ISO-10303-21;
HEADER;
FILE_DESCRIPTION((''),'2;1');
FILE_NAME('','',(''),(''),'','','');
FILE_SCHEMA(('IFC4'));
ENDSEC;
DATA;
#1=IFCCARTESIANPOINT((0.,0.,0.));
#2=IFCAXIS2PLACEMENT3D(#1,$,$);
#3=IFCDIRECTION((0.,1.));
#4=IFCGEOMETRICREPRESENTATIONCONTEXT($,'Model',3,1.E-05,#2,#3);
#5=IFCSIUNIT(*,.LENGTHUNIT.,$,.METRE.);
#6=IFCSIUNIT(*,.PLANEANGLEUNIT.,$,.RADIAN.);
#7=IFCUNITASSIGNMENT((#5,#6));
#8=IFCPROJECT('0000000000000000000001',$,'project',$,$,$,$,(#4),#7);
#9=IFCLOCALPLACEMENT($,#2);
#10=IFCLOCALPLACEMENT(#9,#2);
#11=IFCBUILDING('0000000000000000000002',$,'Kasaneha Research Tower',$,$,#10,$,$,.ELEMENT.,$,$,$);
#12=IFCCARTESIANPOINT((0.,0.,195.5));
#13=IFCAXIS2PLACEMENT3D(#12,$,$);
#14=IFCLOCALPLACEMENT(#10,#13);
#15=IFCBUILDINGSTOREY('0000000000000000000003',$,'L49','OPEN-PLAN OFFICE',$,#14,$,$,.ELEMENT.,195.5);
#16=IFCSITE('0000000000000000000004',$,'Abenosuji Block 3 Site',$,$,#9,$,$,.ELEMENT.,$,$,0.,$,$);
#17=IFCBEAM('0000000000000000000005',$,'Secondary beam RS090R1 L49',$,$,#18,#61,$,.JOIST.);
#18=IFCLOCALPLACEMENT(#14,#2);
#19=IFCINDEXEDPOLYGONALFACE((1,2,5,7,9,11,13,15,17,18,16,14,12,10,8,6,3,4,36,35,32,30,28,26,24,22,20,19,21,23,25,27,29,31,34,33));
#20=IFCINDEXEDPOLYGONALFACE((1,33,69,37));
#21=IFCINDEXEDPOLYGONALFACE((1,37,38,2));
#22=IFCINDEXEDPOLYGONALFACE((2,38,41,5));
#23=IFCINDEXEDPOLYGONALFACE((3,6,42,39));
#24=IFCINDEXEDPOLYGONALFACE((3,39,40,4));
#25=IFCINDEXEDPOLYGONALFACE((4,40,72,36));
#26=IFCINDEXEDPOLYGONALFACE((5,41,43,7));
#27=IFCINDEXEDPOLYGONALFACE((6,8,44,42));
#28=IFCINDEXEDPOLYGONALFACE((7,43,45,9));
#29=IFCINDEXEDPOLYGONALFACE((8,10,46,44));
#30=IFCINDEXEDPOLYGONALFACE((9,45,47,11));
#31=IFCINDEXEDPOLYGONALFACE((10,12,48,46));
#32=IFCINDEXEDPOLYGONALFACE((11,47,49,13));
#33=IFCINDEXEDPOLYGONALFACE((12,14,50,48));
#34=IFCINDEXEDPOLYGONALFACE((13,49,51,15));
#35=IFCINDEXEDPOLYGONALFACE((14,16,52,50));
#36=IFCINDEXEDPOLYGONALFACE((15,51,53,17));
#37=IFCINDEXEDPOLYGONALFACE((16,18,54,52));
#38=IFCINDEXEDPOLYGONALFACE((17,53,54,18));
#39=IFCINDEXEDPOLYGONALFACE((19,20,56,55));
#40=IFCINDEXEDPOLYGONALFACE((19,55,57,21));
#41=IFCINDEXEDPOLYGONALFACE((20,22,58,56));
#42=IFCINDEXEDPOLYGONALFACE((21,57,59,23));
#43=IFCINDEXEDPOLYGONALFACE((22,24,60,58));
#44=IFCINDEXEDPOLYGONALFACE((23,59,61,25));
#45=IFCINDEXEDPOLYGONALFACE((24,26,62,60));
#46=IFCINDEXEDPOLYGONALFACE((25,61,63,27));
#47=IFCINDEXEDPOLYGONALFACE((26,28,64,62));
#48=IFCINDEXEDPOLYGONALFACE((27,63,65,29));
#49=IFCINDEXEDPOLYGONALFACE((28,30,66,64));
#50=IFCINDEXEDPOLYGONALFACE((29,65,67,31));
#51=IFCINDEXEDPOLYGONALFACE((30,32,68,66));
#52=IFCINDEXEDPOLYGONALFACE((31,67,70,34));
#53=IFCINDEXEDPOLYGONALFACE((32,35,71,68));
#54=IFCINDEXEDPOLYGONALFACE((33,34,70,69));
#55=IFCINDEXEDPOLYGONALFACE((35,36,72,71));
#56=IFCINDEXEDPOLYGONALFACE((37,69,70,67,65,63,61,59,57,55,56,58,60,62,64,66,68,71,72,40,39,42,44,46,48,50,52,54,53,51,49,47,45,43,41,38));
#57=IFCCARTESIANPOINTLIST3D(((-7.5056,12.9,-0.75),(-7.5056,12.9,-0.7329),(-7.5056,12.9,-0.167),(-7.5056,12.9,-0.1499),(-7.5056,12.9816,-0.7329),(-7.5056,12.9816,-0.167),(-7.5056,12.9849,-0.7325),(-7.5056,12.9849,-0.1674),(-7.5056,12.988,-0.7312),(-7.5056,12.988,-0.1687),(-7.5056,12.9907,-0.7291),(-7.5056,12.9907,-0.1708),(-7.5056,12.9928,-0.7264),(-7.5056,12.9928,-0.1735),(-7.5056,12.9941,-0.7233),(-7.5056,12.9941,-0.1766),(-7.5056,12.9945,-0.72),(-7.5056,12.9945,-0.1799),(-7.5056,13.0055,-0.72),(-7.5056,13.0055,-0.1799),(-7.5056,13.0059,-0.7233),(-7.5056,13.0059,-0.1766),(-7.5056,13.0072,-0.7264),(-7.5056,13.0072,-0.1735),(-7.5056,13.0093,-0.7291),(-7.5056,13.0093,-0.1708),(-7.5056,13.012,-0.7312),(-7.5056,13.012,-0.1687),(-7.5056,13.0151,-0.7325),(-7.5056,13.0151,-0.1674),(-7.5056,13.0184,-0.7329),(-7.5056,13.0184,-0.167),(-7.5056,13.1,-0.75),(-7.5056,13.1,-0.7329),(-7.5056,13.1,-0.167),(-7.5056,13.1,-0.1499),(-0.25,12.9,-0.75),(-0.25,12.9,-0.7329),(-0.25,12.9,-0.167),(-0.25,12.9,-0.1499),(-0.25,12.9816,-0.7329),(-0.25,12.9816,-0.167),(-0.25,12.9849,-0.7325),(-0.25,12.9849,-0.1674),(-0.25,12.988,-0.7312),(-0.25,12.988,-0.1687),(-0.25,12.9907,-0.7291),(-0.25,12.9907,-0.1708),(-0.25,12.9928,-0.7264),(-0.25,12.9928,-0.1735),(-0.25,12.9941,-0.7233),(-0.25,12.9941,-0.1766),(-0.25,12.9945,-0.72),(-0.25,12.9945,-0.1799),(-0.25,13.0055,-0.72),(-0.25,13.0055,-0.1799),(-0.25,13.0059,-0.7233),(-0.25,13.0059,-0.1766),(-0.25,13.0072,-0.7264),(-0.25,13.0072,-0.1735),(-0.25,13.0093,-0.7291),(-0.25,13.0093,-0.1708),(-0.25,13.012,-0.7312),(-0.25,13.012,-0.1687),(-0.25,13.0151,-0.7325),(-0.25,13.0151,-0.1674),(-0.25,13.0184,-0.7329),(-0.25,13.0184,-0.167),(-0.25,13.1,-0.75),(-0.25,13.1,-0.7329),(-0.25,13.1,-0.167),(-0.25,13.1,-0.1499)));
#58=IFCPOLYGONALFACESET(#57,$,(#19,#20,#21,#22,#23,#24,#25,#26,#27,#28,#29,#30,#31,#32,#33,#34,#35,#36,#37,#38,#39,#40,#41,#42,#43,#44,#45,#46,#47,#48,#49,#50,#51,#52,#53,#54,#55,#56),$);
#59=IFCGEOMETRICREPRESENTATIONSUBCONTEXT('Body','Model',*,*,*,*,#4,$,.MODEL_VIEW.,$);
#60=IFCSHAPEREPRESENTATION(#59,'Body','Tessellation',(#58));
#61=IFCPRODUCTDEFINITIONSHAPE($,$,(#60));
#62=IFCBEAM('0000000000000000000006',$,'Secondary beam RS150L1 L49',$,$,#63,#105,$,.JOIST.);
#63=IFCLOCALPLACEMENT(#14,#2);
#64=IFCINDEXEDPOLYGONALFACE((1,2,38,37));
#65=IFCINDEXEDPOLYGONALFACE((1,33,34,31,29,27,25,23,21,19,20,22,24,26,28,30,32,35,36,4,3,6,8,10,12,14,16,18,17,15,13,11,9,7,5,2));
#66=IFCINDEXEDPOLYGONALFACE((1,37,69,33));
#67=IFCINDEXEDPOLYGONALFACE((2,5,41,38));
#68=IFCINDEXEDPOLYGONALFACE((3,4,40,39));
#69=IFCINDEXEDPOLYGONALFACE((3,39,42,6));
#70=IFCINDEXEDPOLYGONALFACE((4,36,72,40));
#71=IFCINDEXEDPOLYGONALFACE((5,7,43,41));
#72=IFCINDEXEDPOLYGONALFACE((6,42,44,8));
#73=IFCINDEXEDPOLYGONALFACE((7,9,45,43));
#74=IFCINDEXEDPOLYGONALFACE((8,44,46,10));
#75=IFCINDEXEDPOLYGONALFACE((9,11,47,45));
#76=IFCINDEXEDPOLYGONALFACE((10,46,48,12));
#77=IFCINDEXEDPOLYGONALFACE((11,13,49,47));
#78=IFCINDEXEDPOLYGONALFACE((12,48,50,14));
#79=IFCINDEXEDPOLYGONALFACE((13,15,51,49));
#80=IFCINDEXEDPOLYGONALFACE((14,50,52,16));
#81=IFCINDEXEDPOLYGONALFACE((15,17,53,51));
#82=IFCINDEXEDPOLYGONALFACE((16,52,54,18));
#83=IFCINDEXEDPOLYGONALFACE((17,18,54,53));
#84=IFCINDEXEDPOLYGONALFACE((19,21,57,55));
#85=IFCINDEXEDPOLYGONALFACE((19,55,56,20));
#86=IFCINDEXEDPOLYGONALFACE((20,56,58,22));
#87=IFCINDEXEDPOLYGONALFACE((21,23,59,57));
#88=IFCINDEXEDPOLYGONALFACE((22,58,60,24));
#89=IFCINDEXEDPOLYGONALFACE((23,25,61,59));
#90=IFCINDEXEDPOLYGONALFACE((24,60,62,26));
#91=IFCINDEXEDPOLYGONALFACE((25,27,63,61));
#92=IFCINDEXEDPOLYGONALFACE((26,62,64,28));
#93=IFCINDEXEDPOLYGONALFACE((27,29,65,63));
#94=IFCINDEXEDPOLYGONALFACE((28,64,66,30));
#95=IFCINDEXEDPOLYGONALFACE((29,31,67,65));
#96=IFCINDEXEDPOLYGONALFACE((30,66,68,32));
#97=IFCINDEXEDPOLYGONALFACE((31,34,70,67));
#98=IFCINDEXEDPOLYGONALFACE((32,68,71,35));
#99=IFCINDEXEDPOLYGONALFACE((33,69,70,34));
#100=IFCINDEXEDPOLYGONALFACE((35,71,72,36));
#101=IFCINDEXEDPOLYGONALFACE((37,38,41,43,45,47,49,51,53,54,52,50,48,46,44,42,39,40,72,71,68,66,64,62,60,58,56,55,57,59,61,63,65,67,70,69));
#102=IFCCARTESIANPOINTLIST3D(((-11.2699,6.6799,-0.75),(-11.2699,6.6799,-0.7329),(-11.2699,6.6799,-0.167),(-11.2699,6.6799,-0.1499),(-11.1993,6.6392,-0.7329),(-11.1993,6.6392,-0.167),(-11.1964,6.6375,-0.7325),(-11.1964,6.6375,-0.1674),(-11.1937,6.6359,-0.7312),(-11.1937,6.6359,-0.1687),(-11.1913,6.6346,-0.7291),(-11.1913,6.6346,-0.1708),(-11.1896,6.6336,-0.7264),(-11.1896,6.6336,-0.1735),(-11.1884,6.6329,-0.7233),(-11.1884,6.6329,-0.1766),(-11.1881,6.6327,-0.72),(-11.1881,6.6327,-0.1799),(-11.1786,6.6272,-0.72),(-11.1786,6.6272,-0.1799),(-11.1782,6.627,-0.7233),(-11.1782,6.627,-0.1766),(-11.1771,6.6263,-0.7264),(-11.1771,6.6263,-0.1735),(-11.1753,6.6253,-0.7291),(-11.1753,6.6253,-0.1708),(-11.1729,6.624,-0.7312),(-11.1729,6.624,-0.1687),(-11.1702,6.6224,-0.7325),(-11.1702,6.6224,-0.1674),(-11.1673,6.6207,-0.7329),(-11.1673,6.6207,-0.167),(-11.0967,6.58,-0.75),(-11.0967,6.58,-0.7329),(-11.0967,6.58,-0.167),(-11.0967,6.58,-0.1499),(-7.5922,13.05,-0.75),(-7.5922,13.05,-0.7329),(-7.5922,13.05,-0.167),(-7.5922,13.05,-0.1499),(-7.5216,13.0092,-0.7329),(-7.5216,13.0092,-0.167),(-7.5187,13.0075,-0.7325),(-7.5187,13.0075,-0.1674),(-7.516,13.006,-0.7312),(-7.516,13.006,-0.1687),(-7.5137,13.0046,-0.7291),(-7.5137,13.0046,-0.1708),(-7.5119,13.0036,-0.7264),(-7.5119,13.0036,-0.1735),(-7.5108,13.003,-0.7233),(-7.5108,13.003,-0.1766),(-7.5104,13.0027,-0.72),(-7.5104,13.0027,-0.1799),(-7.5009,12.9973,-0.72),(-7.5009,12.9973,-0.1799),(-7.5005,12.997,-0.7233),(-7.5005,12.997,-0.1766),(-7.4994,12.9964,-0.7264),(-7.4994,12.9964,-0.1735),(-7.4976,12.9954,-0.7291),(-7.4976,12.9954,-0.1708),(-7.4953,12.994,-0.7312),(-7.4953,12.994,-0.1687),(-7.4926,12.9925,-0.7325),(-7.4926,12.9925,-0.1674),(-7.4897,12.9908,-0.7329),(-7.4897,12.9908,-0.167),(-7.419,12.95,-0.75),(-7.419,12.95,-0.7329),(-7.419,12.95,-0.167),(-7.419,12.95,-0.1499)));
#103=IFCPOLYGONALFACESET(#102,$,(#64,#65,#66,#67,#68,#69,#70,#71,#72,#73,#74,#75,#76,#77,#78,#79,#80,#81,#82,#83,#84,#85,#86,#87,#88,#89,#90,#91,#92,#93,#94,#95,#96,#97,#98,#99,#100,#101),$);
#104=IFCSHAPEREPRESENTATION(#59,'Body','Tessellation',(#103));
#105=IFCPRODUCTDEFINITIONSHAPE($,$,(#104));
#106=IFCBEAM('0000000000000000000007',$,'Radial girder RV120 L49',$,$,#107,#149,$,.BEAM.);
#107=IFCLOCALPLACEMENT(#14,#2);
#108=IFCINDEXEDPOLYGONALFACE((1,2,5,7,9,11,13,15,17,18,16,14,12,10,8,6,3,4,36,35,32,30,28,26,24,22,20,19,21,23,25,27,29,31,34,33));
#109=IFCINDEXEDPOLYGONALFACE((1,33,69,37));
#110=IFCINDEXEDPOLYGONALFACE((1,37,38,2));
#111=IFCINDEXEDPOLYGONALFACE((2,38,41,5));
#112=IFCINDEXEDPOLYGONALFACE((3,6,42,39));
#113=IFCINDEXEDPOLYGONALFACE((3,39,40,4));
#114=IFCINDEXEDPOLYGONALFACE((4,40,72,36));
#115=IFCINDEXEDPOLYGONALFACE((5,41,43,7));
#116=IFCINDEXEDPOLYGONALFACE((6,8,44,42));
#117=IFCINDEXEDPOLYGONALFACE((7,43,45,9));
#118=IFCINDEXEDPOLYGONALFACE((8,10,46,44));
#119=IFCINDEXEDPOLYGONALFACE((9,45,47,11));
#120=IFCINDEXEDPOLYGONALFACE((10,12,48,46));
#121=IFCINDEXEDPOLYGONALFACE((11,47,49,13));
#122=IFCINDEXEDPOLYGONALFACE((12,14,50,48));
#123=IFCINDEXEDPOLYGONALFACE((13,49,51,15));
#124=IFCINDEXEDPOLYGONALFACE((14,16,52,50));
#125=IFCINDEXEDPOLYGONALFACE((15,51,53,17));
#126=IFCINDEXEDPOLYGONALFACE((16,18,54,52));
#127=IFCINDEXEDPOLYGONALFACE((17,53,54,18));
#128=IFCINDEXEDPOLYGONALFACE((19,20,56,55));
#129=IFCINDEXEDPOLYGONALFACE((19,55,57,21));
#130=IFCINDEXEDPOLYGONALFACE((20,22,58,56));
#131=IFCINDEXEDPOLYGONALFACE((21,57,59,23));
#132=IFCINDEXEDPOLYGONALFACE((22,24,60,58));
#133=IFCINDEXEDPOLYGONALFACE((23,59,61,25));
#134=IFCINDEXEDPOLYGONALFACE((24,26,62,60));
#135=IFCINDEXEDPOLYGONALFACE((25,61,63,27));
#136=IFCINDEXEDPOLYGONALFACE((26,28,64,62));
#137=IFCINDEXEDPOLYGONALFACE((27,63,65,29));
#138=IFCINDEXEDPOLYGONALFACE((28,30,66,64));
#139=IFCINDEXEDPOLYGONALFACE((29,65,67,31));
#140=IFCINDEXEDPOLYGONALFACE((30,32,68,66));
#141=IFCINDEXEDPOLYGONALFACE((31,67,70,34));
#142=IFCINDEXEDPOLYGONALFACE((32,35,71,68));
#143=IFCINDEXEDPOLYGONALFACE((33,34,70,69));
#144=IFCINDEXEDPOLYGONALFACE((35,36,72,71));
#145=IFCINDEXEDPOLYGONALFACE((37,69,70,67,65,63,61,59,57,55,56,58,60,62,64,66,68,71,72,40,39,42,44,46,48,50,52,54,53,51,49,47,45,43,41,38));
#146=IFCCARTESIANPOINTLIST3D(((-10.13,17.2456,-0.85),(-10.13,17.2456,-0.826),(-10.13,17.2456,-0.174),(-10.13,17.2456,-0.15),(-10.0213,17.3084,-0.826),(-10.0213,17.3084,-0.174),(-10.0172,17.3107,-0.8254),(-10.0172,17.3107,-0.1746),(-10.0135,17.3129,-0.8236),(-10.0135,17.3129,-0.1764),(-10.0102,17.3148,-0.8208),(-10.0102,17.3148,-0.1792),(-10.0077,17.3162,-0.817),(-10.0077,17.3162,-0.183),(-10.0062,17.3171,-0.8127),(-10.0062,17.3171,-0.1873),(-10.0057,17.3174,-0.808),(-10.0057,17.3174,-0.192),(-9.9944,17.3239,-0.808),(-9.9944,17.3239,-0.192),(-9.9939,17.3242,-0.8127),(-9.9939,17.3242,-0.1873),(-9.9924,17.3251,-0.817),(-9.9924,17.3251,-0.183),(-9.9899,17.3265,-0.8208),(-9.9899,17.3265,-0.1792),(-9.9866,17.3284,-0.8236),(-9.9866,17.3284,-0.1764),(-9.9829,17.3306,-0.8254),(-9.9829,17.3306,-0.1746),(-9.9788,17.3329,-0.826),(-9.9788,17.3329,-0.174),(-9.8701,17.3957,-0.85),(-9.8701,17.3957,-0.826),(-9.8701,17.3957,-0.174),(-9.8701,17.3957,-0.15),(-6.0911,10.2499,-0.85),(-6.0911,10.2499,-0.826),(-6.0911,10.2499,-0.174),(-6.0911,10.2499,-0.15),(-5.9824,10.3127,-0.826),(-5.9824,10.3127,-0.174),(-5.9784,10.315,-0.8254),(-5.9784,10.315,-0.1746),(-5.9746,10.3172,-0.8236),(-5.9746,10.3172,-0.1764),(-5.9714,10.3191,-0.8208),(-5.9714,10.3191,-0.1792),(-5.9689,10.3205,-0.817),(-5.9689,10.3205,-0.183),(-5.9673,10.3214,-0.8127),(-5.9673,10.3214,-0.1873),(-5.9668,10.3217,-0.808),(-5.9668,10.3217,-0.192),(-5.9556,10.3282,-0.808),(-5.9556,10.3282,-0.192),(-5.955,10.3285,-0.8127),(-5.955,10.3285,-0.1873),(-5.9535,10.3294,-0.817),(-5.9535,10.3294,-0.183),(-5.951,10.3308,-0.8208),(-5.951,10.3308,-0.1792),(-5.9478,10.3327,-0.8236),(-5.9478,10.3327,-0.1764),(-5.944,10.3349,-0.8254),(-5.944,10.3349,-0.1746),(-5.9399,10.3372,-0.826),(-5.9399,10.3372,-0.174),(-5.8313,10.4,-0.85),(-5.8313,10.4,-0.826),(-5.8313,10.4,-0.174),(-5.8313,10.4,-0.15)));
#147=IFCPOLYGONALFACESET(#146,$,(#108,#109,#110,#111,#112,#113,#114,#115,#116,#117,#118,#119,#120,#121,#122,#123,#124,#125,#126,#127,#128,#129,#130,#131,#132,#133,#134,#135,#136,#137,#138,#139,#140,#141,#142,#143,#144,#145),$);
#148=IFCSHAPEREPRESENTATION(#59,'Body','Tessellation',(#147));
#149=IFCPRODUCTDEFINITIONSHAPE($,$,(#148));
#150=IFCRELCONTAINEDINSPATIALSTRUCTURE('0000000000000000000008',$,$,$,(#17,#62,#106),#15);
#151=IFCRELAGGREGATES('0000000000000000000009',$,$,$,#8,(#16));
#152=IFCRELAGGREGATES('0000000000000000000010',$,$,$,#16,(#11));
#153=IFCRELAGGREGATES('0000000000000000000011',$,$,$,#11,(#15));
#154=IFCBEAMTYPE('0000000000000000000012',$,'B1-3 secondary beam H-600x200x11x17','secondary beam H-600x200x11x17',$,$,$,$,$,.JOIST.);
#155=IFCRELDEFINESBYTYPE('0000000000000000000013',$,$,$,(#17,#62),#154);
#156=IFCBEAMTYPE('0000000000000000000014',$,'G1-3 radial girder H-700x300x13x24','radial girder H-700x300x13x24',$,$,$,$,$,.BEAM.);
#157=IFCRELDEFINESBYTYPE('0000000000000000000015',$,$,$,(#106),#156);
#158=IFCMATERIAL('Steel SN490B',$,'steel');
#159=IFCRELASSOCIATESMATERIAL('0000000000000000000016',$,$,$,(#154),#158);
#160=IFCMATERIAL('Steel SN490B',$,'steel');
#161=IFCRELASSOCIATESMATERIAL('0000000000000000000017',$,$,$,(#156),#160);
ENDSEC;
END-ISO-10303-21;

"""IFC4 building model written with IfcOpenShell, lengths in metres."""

from ifc_helpers import new_model, si_unit, direction, frame, origin, origin_2d, place, context, subcontext, project, spatial, i_section, extrude, material, material_profile, profile_set, type_object, element, save


model = new_model("IFC4")

# Units and contexts
model_context = context("Model", 3, precision=1e-05, world=origin(), true_north=direction((0.0, 1.0)))
body_context = subcontext(model_context, "Body", "Model", "MODEL_VIEW")
ifc_project = project(units=[si_unit("LENGTHUNIT", "METRE"), si_unit("PLANEANGLEUNIT", "RADIAN")], contexts=[model_context])

# Site, building, storey
site_placement = place(None, origin())
site = spatial("IfcSite", under=ifc_project, at=site_placement, Name="Abenosuji Block 3 Site", CompositionType="ELEMENT", RefElevation=0.0)
building_placement = place(site_placement, origin())
building = spatial("IfcBuilding", under=site, at=building_placement, Name="Kasaneha Research Tower", CompositionType="ELEMENT")
storey_placement = place(building_placement, frame((0.0, 0.0, 195.5)))
storey = spatial("IfcBuildingStorey", under=building, at=storey_placement, Name="L49", Description="OPEN-PLAN OFFICE", CompositionType="ELEMENT", Elevation=195.5)

# Beams
ifc_material_1 = material(Name="Steel SN490B", Category="steel")
ifc_material_profile_1 = material_profile(ifc_material_1, i_section(OverallWidth=0.2, OverallDepth=0.6001, WebThickness=0.011, FlangeThickness=0.0171, FilletRadius=0.0129, at=origin_2d()), Name="H-600x200x11x17")
ifc_profile_set_1 = profile_set([ifc_material_profile_1], Name="Steel SN490B")
beam_type_1 = type_object("IfcBeamType", Name="B1-3 secondary beam H-600x200x11x17", Description="secondary beam H-600x200x11x17", PredefinedType="JOIST", material=ifc_profile_set_1)
beam_1_placement = place(storey_placement, frame((-7.5056, 13.0, -0.45), z_axis=(1.0, 0.0, 0.0), x_axis=(0.0, 1.0, 0.0)))
element("IfcBeam", 1, at=beam_1_placement, inside=storey, type_object=beam_type_1, Name="Secondary beam RS090R1 L49", PredefinedType="JOIST", context=body_context, shape_type="SweptSolid", body=[
    extrude(i_section(OverallWidth=0.2, OverallDepth=0.6001, WebThickness=0.011, FlangeThickness=0.0171, FilletRadius=0.0129, at=origin_2d()), origin(), (0.0, 0.0, 1.0), 7.2556),
])
beam_2_placement = place(storey_placement, frame((-7.5056, 13.0, -0.45), z_axis=(-0.499994, -0.866029, 0.0), x_axis=(0.866029, -0.499994, 0.0)))
element("IfcBeam", 2, at=beam_2_placement, inside=storey, type_object=beam_type_1, Name="Secondary beam RS150L1 L49", PredefinedType="JOIST", context=body_context, shape_type="SweptSolid", body=[
    extrude(i_section(OverallWidth=0.2, OverallDepth=0.6001, WebThickness=0.011, FlangeThickness=0.0171, FilletRadius=0.0129, at=origin_2d()), origin(), (0.0, 0.0, 1.0), 7.3555),
])
ifc_material_2 = material(Name="Steel SN490B", Category="steel")
ifc_material_profile_2 = material_profile(ifc_material_2, i_section(OverallWidth=0.3, OverallDepth=0.7, WebThickness=0.0129, FlangeThickness=0.0239, FilletRadius=0.0181, at=origin_2d()), Name="H-700x300x13x24")
ifc_profile_set_2 = profile_set([ifc_material_profile_2], Name="Steel SN490B")
beam_type_2 = type_object("IfcBeamType", Name="G1-3 radial girder H-700x300x13x24", Description="radial girder H-700x300x13x24", PredefinedType="BEAM", material=ifc_profile_set_2)
beam_3_placement = place(storey_placement, frame((-5.9612, 10.325, -0.5), z_axis=(-0.499991, 0.866031, 0.0), x_axis=(-0.866031, -0.499991, 0.0)))
element("IfcBeam", 3, at=beam_3_placement, inside=storey, type_object=beam_type_2, Name="Radial girder RV120 L49", PredefinedType="BEAM", context=body_context, shape_type="SweptSolid", body=[
    extrude(i_section(OverallWidth=0.3, OverallDepth=0.7, WebThickness=0.0129, FlangeThickness=0.0239, FilletRadius=0.0181, at=origin_2d()), origin(), (0.0, 0.0, 1.0), 8.0779),
])

save(model, "model.ifc")
